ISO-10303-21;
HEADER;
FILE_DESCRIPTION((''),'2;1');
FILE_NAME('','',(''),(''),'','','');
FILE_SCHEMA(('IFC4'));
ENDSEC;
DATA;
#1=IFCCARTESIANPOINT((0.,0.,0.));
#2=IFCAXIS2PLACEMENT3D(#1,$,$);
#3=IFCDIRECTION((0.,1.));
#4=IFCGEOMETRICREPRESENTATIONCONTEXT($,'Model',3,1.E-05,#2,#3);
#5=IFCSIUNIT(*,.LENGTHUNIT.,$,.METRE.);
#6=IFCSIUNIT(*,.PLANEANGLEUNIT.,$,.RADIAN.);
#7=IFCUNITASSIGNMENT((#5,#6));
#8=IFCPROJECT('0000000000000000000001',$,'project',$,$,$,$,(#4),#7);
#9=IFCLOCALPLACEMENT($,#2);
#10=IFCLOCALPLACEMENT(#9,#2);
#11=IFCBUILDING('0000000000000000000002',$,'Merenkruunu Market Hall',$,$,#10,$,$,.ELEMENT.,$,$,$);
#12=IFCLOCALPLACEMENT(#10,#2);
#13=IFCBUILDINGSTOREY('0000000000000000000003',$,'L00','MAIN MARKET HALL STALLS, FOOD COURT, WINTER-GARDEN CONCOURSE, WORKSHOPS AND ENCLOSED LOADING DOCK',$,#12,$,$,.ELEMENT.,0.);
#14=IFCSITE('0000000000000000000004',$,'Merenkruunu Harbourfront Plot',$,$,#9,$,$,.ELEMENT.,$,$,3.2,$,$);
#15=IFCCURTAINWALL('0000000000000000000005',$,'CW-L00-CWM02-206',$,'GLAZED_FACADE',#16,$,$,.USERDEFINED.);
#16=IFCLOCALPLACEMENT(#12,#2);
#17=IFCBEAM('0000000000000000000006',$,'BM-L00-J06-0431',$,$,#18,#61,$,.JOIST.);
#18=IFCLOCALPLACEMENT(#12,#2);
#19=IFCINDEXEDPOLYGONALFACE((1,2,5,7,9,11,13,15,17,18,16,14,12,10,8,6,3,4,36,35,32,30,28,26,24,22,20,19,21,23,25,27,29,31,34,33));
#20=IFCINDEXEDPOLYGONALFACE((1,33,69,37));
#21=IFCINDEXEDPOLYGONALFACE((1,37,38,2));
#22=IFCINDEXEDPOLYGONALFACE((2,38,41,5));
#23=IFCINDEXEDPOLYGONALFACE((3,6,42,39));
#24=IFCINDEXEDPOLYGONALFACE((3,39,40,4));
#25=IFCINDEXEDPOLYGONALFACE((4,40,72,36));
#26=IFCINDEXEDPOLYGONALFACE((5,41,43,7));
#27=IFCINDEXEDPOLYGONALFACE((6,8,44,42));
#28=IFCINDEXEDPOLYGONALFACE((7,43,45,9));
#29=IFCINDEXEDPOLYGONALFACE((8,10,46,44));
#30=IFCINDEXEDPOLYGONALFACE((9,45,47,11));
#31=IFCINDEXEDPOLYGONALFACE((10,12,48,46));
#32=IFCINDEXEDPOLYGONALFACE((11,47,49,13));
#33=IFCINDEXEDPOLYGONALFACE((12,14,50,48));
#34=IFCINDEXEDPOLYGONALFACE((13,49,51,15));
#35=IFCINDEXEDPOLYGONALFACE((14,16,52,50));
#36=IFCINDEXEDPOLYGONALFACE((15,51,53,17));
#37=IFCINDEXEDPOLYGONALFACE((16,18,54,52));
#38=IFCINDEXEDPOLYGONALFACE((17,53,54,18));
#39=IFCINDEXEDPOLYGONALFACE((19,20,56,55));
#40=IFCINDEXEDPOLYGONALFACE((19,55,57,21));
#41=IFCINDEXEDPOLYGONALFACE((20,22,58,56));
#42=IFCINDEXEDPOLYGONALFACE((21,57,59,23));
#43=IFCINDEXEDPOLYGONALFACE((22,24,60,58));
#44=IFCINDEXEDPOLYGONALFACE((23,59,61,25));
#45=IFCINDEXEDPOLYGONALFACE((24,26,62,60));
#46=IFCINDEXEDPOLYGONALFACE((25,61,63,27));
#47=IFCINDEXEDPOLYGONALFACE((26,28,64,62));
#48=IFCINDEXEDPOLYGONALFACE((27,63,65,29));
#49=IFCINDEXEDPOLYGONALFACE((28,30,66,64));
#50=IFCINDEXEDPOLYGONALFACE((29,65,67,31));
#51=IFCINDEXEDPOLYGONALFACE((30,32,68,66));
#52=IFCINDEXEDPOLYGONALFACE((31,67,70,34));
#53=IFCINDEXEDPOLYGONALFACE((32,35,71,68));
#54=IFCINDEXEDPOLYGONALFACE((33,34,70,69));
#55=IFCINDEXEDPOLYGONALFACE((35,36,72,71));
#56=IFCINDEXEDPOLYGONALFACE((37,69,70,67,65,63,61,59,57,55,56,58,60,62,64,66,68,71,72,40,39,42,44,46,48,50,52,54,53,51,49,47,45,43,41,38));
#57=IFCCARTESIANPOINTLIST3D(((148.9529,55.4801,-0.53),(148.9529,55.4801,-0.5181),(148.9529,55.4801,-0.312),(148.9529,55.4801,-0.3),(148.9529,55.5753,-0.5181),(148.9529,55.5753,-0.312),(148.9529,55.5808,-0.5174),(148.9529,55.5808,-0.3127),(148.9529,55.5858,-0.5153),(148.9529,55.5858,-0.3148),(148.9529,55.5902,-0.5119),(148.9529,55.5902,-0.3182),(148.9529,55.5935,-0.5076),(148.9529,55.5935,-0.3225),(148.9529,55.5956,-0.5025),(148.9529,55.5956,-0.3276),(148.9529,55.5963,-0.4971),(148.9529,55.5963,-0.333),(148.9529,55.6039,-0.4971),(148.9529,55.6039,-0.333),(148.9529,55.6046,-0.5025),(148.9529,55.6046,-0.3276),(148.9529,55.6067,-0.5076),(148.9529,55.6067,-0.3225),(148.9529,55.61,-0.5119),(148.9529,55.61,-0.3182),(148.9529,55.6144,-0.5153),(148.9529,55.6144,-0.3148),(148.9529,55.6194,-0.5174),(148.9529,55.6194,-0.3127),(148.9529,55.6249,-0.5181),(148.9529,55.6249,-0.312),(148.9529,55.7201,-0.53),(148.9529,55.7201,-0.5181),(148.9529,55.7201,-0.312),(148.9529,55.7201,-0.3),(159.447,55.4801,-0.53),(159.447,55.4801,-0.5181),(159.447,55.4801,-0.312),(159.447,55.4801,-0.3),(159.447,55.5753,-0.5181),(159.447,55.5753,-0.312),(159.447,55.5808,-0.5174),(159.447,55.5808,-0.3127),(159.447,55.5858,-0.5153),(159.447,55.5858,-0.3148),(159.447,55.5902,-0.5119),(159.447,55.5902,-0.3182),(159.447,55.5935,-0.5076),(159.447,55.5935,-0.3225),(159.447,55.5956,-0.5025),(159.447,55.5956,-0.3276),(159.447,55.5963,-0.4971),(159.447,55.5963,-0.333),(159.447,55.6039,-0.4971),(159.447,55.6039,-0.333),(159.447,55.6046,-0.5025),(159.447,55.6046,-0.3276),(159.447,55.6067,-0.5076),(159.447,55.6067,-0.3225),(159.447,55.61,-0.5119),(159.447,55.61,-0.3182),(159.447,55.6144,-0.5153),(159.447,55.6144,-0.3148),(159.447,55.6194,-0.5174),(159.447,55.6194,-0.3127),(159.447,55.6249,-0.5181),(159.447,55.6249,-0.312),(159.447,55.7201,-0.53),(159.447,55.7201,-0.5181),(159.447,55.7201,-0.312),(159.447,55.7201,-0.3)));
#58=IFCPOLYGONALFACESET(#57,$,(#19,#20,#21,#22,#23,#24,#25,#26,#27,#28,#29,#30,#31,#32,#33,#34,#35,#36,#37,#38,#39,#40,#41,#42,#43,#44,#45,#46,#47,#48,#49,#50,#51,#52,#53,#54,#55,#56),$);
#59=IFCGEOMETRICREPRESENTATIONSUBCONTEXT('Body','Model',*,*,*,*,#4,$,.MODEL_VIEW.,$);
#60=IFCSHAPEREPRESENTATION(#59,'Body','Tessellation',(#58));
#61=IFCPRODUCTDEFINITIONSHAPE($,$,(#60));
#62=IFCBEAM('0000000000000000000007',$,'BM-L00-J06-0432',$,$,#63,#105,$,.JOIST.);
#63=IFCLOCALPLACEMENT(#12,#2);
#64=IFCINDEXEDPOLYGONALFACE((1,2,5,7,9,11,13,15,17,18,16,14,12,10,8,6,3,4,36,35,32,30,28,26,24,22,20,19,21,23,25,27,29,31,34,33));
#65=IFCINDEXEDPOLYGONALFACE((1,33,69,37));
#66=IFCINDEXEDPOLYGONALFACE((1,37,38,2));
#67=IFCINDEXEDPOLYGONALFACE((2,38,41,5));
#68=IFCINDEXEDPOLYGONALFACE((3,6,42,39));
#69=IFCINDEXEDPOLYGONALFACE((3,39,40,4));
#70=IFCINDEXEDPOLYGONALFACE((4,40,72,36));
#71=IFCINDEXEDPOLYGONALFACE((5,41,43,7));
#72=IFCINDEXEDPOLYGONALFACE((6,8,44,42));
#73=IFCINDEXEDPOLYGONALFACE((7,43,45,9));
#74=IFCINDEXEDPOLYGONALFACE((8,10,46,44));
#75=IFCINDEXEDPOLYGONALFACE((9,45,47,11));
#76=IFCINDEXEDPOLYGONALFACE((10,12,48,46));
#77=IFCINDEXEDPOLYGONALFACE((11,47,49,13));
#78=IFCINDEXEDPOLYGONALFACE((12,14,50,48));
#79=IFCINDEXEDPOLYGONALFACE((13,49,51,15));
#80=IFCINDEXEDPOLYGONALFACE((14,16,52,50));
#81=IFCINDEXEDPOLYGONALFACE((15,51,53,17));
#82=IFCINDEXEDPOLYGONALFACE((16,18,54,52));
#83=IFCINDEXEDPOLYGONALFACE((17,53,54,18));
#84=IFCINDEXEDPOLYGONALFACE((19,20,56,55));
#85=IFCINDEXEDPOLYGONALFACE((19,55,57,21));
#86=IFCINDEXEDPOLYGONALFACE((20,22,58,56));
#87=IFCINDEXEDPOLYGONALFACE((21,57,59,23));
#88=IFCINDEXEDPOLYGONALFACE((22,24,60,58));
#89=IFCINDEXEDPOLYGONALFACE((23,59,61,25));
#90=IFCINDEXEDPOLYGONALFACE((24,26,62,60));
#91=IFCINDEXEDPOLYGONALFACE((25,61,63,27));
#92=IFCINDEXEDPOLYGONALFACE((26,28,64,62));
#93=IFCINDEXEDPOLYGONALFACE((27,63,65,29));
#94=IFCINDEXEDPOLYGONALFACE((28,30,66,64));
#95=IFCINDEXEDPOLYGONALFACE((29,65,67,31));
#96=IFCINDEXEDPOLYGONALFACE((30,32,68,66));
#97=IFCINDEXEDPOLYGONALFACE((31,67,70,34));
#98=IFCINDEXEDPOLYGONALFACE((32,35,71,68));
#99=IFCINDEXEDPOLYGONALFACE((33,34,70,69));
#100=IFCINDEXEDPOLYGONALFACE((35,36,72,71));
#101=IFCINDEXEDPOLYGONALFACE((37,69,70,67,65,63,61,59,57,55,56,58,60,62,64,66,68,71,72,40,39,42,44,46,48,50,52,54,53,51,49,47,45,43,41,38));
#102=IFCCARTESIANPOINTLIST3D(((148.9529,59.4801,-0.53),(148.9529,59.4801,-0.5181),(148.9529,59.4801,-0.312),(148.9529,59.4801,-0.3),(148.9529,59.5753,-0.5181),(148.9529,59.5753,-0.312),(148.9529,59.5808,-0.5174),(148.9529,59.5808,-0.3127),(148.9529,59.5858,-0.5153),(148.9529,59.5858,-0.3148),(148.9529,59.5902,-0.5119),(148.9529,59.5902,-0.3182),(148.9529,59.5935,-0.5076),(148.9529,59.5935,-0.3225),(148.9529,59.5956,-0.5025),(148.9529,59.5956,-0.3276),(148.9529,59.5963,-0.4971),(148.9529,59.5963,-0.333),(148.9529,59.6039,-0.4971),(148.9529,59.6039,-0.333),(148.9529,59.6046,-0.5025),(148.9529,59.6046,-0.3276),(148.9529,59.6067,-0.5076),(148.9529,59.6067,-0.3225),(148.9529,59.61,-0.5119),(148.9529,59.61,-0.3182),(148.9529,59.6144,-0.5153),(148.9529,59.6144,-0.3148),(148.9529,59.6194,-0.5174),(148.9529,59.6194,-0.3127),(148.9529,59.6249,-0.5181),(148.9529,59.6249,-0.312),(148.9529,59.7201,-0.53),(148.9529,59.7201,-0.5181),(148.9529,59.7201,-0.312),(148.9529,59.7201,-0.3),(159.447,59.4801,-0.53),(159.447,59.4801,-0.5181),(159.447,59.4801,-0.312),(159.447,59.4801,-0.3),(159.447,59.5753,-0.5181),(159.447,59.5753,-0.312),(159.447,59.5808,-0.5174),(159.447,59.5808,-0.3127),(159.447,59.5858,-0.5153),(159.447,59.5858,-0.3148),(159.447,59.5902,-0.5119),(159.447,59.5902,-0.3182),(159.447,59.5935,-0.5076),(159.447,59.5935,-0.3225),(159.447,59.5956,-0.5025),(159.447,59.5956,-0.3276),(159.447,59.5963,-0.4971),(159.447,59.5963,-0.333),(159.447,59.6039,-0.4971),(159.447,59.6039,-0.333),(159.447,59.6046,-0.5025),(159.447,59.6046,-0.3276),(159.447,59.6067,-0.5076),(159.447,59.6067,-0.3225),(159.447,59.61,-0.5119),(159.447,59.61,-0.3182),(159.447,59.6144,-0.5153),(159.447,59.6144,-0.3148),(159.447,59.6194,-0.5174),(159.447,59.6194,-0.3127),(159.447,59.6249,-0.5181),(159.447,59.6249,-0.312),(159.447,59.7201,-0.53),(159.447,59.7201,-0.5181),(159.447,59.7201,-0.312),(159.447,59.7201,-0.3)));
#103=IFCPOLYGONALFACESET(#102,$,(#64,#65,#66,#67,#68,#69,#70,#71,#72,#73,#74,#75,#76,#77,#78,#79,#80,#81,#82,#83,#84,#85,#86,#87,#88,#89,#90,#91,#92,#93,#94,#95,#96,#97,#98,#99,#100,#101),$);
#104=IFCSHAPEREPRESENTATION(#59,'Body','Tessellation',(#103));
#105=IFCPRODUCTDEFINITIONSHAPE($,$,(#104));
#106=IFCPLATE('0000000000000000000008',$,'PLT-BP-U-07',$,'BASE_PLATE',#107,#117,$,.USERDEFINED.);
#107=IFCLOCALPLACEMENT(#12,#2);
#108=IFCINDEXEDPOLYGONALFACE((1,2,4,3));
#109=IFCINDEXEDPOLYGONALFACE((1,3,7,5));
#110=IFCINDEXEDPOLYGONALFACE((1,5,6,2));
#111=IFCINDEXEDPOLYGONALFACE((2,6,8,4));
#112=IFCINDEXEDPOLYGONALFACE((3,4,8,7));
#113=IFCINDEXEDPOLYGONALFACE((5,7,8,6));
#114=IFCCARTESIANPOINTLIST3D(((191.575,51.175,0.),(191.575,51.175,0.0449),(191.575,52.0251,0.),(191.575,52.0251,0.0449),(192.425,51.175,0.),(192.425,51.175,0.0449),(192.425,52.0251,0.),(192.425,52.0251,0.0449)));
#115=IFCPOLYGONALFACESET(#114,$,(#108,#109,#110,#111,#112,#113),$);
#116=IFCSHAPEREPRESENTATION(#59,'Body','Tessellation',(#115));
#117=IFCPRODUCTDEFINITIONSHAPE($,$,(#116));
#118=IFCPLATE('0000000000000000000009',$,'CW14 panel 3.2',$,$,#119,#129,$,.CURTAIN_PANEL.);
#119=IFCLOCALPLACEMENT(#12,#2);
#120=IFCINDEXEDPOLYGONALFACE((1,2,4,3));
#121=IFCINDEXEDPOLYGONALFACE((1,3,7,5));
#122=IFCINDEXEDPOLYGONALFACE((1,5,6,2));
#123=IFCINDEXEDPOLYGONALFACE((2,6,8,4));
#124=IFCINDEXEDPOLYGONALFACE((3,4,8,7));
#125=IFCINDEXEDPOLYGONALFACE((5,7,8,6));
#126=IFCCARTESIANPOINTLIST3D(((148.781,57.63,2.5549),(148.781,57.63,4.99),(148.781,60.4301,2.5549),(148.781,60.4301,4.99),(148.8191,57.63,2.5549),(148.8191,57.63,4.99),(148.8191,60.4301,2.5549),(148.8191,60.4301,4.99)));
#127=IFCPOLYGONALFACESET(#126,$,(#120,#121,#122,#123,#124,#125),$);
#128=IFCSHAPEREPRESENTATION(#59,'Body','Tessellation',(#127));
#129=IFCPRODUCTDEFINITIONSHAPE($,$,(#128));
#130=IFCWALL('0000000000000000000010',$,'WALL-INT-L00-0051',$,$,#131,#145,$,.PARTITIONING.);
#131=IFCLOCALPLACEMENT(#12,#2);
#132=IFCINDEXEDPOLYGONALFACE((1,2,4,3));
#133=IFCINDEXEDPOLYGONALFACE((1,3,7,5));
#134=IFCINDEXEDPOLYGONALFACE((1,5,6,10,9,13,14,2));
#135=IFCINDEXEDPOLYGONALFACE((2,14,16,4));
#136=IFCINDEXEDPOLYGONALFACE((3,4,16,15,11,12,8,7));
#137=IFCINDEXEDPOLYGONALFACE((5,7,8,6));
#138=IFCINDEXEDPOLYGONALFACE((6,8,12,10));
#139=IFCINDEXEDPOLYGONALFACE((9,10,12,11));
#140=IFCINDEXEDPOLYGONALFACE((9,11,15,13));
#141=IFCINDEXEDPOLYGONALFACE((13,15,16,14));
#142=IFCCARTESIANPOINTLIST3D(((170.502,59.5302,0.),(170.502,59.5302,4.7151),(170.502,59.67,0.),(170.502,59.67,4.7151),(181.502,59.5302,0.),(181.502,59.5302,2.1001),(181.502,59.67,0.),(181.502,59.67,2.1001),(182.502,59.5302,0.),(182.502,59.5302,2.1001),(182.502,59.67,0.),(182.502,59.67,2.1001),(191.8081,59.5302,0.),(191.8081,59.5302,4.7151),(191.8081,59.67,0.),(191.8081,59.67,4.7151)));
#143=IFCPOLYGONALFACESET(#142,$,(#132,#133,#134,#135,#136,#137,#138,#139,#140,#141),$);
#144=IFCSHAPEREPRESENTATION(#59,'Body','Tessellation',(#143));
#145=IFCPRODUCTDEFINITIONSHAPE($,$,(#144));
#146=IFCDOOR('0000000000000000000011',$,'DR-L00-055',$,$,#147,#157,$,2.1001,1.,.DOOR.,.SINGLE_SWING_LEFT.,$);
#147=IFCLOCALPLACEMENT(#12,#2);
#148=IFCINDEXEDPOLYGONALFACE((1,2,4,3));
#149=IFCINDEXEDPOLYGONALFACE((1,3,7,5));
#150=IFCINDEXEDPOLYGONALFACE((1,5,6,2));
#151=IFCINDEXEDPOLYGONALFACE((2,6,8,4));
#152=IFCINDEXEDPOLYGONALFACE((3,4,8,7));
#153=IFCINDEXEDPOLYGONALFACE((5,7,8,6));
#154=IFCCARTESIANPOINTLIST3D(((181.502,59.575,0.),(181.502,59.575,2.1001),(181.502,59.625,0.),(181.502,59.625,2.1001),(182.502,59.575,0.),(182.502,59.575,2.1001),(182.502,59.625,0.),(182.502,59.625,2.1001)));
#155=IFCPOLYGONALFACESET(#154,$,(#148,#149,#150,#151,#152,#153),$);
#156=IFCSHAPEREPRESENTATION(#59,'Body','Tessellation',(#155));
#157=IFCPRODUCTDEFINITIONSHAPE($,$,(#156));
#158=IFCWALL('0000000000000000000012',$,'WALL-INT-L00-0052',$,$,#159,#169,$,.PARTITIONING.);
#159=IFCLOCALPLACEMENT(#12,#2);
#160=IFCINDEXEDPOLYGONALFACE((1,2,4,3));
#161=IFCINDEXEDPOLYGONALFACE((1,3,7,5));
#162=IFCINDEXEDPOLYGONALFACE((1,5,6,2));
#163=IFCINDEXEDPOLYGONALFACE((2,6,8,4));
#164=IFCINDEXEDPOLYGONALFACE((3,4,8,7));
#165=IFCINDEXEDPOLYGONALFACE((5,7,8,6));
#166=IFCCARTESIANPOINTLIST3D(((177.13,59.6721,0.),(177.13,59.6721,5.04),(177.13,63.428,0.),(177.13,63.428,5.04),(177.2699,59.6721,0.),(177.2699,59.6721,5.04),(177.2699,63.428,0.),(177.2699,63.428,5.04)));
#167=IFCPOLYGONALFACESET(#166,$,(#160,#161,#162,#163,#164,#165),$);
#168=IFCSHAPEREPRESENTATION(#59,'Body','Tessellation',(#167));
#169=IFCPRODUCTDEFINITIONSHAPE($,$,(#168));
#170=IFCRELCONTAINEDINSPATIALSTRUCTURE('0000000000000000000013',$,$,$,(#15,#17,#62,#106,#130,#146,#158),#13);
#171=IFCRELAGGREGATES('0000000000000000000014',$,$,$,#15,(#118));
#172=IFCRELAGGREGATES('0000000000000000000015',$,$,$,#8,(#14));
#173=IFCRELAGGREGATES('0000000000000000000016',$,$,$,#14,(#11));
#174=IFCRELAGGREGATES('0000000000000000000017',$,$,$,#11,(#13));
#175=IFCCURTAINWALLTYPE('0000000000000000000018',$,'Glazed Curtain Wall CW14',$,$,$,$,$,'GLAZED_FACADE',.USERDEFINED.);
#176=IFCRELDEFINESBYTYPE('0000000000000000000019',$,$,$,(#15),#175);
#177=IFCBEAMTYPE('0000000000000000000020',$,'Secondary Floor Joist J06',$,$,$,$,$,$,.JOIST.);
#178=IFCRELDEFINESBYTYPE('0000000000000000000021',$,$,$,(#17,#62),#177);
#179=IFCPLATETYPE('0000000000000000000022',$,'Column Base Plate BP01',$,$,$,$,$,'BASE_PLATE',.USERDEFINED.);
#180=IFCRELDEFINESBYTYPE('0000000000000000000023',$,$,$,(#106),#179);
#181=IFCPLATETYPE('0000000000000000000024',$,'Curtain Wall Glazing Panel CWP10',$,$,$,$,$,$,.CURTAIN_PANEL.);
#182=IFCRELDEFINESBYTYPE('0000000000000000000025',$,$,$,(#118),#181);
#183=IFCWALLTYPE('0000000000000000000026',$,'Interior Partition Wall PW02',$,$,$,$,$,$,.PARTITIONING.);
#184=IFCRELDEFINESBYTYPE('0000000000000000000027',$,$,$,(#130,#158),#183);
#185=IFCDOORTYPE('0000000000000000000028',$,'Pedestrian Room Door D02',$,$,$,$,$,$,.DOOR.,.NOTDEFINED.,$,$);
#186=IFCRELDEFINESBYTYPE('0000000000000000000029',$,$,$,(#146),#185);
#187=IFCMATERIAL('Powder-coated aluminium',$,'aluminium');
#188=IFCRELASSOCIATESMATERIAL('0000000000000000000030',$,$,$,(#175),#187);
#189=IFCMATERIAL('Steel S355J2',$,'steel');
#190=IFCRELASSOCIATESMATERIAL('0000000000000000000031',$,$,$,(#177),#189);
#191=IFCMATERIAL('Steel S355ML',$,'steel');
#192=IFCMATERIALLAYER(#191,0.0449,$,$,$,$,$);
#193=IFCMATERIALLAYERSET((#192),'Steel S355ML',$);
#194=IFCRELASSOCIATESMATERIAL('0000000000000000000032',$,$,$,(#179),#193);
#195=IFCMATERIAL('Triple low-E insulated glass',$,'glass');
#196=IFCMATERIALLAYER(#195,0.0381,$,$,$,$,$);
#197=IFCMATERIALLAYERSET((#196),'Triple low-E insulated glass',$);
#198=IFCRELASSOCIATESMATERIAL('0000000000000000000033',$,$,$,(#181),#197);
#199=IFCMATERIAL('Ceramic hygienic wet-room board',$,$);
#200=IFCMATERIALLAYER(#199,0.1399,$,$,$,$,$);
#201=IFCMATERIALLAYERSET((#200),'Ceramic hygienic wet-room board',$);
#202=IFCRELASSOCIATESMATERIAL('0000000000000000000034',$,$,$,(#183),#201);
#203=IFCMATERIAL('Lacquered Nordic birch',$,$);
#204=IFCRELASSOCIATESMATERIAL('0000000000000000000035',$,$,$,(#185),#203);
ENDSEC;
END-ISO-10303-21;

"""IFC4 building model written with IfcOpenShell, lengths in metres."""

from ifc_helpers import new_model, si_unit, direction, frame, frame_2d, origin, origin_2d, place, context, subcontext, project, spatial, rectangle, i_section, extrude, material, layer, layer_set, material_profile, profile_set, type_object, element, fill, aggregate, save


model = new_model("IFC4")

# Units and contexts
model_context = context("Model", 3, precision=1e-05, world=origin(), true_north=direction((0.0, 1.0)))
body_context = subcontext(model_context, "Body", "Model", "MODEL_VIEW")
ifc_project = project(units=[si_unit("LENGTHUNIT", "METRE"), si_unit("PLANEANGLEUNIT", "RADIAN")], contexts=[model_context])

# Site, building, storey
site_placement = place(None, origin())
site = spatial("IfcSite", under=ifc_project, at=site_placement, Name="Merenkruunu Harbourfront Plot", CompositionType="ELEMENT", RefElevation=3.2)
building_placement = place(site_placement, origin())
building = spatial("IfcBuilding", under=site, at=building_placement, Name="Merenkruunu Market Hall", CompositionType="ELEMENT")
storey_placement = place(building_placement, origin())
storey = spatial("IfcBuildingStorey", under=building, at=storey_placement, Name="L00", Description="MAIN MARKET HALL STALLS, FOOD COURT, WINTER-GARDEN CONCOURSE, WORKSHOPS AND ENCLOSED LOADING DOCK", CompositionType="ELEMENT", Elevation=0.0)

# Shared definitions
ifc_material_1 = material(Name="Steel S355J2", Category="steel")

# Curtain wall
ifc_material_2 = material(Name="Powder-coated aluminium", Category="aluminium")
curtain_wall_type = type_object("IfcCurtainWallType", Name="Glazed Curtain Wall CW14", ElementType="GLAZED_FACADE", PredefinedType="USERDEFINED", material=ifc_material_2)
curtain_wall_placement = place(storey_placement, origin())
curtain_wall = element("IfcCurtainWall", 1, at=curtain_wall_placement, inside=storey, type_object=curtain_wall_type, Name="CW-L00-CWM02-206", ObjectType="GLAZED_FACADE", PredefinedType="USERDEFINED")

# Beams
ifc_material_profile_1 = material_profile(ifc_material_1, i_section(OverallWidth=0.24, OverallDepth=0.23, WebThickness=0.0076, FlangeThickness=0.012, FilletRadius=0.021, at=origin_2d()), Name="HEA 240")
ifc_profile_set_1 = profile_set([ifc_material_profile_1], Name="Steel S355J2")
beam_type_1 = type_object("IfcBeamType", Name="Secondary Floor Joist J06", PredefinedType="JOIST", material=ifc_profile_set_1)
for number, where, z_axis, x_axis, name in (
    (2, (148.9529, 55.6001, -0.415), (1.0, 0.0, 0.0), (0.0, 1.0, 0.0), "BM-L00-J06-0431"),
    (3, (148.9529, 59.6001, -0.415), (1.0, 0.0, 0.0), (0.0, 1.0, 0.0), "BM-L00-J06-0432"),
):
    element("IfcBeam", number, at=place(storey_placement, frame(where, z_axis=z_axis, x_axis=x_axis)), inside=storey, type_object=beam_type_1, Name=name, PredefinedType="JOIST", context=body_context, shape_type="SweptSolid", body=[
        extrude(i_section(OverallWidth=0.24, OverallDepth=0.23, WebThickness=0.0076, FlangeThickness=0.012, FilletRadius=0.021, at=origin_2d()), origin(), (0.0, 0.0, 1.0), 10.4941),
    ])

# Plates
ifc_material_3 = material(Name="Steel S355ML", Category="steel")
ifc_layer_1 = layer(ifc_material_3, 0.0449)
ifc_layer_set_1 = layer_set([ifc_layer_1], Name="Steel S355ML")
plate_type_1 = type_object("IfcPlateType", Name="Column Base Plate BP01", ElementType="BASE_PLATE", PredefinedType="USERDEFINED", material=ifc_layer_set_1)
plate_1_placement = place(storey_placement, frame((192.0, 51.6001, 0.0), z_axis=(0.0, 0.0, 1.0), x_axis=(1.0, 0.0, 0.0)))
element("IfcPlate", 4, at=plate_1_placement, inside=storey, type_object=plate_type_1, Name="PLT-BP-U-07", ObjectType="BASE_PLATE", PredefinedType="USERDEFINED", context=body_context, shape_type="SweptSolid", body=[
    extrude(rectangle(XDim=0.8501, YDim=0.8501, at=origin_2d()), origin(), (0.0, 0.0, 1.0), 0.0449),
])
ifc_material_4 = material(Name="Triple low-E insulated glass", Category="glass")
ifc_layer_2 = layer(ifc_material_4, 0.0381)
ifc_layer_set_2 = layer_set([ifc_layer_2], Name="Triple low-E insulated glass")
plate_type_2 = type_object("IfcPlateType", Name="Curtain Wall Glazing Panel CWP10", PredefinedType="CURTAIN_PANEL", material=ifc_layer_set_2)
plate_2_placement = place(storey_placement, frame((148.8, 59.03, 2.5549), z_axis=(0.0, 0.0, 1.0), x_axis=(0.0, 1.0, 0.0)))
plate_2 = element("IfcPlate", 5, at=plate_2_placement, type_object=plate_type_2, Name="CW14 panel 3.2", PredefinedType="CURTAIN_PANEL", context=body_context, shape_type="SweptSolid", body=[
    extrude(rectangle(XDim=2.8, YDim=0.0381, at=origin_2d()), origin(), (0.0, 0.0, 1.0), 2.4351),
])
aggregate(curtain_wall, [plate_2])

# Wall, opening, door
ifc_material_5 = material(Name="Ceramic hygienic wet-room board")
ifc_layer_3 = layer(ifc_material_5, 0.1399)
ifc_layer_set_3 = layer_set([ifc_layer_3], Name="Ceramic hygienic wet-room board")
wall_type = type_object("IfcWallType", Name="Interior Partition Wall PW02", PredefinedType="PARTITIONING", material=ifc_layer_set_3)
wall_1_placement = place(storey_placement, frame((170.502, 59.6001, 0.0), z_axis=(0.0, 0.0, 1.0), x_axis=(1.0, 0.0, 0.0)))
wall_1 = element("IfcWall", 6, at=wall_1_placement, inside=storey, type_object=wall_type, Name="WALL-INT-L00-0051", PredefinedType="PARTITIONING", context=body_context, shape_type="SweptSolid", body=[
    extrude(rectangle(XDim=21.3062, YDim=0.1399, at=frame_2d((10.6531, 0.0))), origin(), (0.0, 0.0, 1.0), 4.7151),
])
opening_placement = place(wall_1_placement, frame((11.0, 0.0, 0.0)))
opening = element("IfcOpeningElement", 7, at=opening_placement, cuts=wall_1, PredefinedType="OPENING", context=body_context, shape_type="SweptSolid", body=[
    extrude(rectangle(XDim=1.0, YDim=2.1001, at=frame_2d((0.5, 1.05))), frame((0.0, 0.0801, 0.0), z_axis=(0.0, -1.0, 0.0), x_axis=(1.0, 0.0, 0.0)), (0.0, 0.0, 1.0), 0.1599),
])
ifc_material_6 = material(Name="Lacquered Nordic birch")
door_type = type_object("IfcDoorType", Name="Pedestrian Room Door D02", OperationType="NOTDEFINED", PredefinedType="DOOR", material=ifc_material_6)
door_placement = place(opening_placement, origin())
door = element("IfcDoor", 8, at=door_placement, inside=storey, type_object=door_type, Name="DR-L00-055", OperationType="SINGLE_SWING_LEFT", OverallHeight=2.1001, OverallWidth=1.0, PredefinedType="DOOR", context=body_context, shape_type="SweptSolid", body=[
    extrude(rectangle(XDim=1.0, YDim=2.1001, at=frame_2d((0.5, 1.05))), frame((0.0, 0.0249, 0.0), z_axis=(0.0, -1.0, 0.0), x_axis=(1.0, 0.0, 0.0)), (0.0, 0.0, 1.0), 0.05),
])
fill(opening, door)

# Wall
wall_2_placement = place(storey_placement, frame((177.2, 59.6721, 0.0), z_axis=(0.0, 0.0, 1.0), x_axis=(0.0, 1.0, 0.0)))
element("IfcWall", 9, at=wall_2_placement, inside=storey, type_object=wall_type, Name="WALL-INT-L00-0052", PredefinedType="PARTITIONING", context=body_context, shape_type="SweptSolid", body=[
    extrude(rectangle(XDim=3.7559, YDim=0.1399, at=frame_2d((1.8779, 0.0))), origin(), (0.0, 0.0, 1.0), 5.04),
])

save(model, "model.ifc")
